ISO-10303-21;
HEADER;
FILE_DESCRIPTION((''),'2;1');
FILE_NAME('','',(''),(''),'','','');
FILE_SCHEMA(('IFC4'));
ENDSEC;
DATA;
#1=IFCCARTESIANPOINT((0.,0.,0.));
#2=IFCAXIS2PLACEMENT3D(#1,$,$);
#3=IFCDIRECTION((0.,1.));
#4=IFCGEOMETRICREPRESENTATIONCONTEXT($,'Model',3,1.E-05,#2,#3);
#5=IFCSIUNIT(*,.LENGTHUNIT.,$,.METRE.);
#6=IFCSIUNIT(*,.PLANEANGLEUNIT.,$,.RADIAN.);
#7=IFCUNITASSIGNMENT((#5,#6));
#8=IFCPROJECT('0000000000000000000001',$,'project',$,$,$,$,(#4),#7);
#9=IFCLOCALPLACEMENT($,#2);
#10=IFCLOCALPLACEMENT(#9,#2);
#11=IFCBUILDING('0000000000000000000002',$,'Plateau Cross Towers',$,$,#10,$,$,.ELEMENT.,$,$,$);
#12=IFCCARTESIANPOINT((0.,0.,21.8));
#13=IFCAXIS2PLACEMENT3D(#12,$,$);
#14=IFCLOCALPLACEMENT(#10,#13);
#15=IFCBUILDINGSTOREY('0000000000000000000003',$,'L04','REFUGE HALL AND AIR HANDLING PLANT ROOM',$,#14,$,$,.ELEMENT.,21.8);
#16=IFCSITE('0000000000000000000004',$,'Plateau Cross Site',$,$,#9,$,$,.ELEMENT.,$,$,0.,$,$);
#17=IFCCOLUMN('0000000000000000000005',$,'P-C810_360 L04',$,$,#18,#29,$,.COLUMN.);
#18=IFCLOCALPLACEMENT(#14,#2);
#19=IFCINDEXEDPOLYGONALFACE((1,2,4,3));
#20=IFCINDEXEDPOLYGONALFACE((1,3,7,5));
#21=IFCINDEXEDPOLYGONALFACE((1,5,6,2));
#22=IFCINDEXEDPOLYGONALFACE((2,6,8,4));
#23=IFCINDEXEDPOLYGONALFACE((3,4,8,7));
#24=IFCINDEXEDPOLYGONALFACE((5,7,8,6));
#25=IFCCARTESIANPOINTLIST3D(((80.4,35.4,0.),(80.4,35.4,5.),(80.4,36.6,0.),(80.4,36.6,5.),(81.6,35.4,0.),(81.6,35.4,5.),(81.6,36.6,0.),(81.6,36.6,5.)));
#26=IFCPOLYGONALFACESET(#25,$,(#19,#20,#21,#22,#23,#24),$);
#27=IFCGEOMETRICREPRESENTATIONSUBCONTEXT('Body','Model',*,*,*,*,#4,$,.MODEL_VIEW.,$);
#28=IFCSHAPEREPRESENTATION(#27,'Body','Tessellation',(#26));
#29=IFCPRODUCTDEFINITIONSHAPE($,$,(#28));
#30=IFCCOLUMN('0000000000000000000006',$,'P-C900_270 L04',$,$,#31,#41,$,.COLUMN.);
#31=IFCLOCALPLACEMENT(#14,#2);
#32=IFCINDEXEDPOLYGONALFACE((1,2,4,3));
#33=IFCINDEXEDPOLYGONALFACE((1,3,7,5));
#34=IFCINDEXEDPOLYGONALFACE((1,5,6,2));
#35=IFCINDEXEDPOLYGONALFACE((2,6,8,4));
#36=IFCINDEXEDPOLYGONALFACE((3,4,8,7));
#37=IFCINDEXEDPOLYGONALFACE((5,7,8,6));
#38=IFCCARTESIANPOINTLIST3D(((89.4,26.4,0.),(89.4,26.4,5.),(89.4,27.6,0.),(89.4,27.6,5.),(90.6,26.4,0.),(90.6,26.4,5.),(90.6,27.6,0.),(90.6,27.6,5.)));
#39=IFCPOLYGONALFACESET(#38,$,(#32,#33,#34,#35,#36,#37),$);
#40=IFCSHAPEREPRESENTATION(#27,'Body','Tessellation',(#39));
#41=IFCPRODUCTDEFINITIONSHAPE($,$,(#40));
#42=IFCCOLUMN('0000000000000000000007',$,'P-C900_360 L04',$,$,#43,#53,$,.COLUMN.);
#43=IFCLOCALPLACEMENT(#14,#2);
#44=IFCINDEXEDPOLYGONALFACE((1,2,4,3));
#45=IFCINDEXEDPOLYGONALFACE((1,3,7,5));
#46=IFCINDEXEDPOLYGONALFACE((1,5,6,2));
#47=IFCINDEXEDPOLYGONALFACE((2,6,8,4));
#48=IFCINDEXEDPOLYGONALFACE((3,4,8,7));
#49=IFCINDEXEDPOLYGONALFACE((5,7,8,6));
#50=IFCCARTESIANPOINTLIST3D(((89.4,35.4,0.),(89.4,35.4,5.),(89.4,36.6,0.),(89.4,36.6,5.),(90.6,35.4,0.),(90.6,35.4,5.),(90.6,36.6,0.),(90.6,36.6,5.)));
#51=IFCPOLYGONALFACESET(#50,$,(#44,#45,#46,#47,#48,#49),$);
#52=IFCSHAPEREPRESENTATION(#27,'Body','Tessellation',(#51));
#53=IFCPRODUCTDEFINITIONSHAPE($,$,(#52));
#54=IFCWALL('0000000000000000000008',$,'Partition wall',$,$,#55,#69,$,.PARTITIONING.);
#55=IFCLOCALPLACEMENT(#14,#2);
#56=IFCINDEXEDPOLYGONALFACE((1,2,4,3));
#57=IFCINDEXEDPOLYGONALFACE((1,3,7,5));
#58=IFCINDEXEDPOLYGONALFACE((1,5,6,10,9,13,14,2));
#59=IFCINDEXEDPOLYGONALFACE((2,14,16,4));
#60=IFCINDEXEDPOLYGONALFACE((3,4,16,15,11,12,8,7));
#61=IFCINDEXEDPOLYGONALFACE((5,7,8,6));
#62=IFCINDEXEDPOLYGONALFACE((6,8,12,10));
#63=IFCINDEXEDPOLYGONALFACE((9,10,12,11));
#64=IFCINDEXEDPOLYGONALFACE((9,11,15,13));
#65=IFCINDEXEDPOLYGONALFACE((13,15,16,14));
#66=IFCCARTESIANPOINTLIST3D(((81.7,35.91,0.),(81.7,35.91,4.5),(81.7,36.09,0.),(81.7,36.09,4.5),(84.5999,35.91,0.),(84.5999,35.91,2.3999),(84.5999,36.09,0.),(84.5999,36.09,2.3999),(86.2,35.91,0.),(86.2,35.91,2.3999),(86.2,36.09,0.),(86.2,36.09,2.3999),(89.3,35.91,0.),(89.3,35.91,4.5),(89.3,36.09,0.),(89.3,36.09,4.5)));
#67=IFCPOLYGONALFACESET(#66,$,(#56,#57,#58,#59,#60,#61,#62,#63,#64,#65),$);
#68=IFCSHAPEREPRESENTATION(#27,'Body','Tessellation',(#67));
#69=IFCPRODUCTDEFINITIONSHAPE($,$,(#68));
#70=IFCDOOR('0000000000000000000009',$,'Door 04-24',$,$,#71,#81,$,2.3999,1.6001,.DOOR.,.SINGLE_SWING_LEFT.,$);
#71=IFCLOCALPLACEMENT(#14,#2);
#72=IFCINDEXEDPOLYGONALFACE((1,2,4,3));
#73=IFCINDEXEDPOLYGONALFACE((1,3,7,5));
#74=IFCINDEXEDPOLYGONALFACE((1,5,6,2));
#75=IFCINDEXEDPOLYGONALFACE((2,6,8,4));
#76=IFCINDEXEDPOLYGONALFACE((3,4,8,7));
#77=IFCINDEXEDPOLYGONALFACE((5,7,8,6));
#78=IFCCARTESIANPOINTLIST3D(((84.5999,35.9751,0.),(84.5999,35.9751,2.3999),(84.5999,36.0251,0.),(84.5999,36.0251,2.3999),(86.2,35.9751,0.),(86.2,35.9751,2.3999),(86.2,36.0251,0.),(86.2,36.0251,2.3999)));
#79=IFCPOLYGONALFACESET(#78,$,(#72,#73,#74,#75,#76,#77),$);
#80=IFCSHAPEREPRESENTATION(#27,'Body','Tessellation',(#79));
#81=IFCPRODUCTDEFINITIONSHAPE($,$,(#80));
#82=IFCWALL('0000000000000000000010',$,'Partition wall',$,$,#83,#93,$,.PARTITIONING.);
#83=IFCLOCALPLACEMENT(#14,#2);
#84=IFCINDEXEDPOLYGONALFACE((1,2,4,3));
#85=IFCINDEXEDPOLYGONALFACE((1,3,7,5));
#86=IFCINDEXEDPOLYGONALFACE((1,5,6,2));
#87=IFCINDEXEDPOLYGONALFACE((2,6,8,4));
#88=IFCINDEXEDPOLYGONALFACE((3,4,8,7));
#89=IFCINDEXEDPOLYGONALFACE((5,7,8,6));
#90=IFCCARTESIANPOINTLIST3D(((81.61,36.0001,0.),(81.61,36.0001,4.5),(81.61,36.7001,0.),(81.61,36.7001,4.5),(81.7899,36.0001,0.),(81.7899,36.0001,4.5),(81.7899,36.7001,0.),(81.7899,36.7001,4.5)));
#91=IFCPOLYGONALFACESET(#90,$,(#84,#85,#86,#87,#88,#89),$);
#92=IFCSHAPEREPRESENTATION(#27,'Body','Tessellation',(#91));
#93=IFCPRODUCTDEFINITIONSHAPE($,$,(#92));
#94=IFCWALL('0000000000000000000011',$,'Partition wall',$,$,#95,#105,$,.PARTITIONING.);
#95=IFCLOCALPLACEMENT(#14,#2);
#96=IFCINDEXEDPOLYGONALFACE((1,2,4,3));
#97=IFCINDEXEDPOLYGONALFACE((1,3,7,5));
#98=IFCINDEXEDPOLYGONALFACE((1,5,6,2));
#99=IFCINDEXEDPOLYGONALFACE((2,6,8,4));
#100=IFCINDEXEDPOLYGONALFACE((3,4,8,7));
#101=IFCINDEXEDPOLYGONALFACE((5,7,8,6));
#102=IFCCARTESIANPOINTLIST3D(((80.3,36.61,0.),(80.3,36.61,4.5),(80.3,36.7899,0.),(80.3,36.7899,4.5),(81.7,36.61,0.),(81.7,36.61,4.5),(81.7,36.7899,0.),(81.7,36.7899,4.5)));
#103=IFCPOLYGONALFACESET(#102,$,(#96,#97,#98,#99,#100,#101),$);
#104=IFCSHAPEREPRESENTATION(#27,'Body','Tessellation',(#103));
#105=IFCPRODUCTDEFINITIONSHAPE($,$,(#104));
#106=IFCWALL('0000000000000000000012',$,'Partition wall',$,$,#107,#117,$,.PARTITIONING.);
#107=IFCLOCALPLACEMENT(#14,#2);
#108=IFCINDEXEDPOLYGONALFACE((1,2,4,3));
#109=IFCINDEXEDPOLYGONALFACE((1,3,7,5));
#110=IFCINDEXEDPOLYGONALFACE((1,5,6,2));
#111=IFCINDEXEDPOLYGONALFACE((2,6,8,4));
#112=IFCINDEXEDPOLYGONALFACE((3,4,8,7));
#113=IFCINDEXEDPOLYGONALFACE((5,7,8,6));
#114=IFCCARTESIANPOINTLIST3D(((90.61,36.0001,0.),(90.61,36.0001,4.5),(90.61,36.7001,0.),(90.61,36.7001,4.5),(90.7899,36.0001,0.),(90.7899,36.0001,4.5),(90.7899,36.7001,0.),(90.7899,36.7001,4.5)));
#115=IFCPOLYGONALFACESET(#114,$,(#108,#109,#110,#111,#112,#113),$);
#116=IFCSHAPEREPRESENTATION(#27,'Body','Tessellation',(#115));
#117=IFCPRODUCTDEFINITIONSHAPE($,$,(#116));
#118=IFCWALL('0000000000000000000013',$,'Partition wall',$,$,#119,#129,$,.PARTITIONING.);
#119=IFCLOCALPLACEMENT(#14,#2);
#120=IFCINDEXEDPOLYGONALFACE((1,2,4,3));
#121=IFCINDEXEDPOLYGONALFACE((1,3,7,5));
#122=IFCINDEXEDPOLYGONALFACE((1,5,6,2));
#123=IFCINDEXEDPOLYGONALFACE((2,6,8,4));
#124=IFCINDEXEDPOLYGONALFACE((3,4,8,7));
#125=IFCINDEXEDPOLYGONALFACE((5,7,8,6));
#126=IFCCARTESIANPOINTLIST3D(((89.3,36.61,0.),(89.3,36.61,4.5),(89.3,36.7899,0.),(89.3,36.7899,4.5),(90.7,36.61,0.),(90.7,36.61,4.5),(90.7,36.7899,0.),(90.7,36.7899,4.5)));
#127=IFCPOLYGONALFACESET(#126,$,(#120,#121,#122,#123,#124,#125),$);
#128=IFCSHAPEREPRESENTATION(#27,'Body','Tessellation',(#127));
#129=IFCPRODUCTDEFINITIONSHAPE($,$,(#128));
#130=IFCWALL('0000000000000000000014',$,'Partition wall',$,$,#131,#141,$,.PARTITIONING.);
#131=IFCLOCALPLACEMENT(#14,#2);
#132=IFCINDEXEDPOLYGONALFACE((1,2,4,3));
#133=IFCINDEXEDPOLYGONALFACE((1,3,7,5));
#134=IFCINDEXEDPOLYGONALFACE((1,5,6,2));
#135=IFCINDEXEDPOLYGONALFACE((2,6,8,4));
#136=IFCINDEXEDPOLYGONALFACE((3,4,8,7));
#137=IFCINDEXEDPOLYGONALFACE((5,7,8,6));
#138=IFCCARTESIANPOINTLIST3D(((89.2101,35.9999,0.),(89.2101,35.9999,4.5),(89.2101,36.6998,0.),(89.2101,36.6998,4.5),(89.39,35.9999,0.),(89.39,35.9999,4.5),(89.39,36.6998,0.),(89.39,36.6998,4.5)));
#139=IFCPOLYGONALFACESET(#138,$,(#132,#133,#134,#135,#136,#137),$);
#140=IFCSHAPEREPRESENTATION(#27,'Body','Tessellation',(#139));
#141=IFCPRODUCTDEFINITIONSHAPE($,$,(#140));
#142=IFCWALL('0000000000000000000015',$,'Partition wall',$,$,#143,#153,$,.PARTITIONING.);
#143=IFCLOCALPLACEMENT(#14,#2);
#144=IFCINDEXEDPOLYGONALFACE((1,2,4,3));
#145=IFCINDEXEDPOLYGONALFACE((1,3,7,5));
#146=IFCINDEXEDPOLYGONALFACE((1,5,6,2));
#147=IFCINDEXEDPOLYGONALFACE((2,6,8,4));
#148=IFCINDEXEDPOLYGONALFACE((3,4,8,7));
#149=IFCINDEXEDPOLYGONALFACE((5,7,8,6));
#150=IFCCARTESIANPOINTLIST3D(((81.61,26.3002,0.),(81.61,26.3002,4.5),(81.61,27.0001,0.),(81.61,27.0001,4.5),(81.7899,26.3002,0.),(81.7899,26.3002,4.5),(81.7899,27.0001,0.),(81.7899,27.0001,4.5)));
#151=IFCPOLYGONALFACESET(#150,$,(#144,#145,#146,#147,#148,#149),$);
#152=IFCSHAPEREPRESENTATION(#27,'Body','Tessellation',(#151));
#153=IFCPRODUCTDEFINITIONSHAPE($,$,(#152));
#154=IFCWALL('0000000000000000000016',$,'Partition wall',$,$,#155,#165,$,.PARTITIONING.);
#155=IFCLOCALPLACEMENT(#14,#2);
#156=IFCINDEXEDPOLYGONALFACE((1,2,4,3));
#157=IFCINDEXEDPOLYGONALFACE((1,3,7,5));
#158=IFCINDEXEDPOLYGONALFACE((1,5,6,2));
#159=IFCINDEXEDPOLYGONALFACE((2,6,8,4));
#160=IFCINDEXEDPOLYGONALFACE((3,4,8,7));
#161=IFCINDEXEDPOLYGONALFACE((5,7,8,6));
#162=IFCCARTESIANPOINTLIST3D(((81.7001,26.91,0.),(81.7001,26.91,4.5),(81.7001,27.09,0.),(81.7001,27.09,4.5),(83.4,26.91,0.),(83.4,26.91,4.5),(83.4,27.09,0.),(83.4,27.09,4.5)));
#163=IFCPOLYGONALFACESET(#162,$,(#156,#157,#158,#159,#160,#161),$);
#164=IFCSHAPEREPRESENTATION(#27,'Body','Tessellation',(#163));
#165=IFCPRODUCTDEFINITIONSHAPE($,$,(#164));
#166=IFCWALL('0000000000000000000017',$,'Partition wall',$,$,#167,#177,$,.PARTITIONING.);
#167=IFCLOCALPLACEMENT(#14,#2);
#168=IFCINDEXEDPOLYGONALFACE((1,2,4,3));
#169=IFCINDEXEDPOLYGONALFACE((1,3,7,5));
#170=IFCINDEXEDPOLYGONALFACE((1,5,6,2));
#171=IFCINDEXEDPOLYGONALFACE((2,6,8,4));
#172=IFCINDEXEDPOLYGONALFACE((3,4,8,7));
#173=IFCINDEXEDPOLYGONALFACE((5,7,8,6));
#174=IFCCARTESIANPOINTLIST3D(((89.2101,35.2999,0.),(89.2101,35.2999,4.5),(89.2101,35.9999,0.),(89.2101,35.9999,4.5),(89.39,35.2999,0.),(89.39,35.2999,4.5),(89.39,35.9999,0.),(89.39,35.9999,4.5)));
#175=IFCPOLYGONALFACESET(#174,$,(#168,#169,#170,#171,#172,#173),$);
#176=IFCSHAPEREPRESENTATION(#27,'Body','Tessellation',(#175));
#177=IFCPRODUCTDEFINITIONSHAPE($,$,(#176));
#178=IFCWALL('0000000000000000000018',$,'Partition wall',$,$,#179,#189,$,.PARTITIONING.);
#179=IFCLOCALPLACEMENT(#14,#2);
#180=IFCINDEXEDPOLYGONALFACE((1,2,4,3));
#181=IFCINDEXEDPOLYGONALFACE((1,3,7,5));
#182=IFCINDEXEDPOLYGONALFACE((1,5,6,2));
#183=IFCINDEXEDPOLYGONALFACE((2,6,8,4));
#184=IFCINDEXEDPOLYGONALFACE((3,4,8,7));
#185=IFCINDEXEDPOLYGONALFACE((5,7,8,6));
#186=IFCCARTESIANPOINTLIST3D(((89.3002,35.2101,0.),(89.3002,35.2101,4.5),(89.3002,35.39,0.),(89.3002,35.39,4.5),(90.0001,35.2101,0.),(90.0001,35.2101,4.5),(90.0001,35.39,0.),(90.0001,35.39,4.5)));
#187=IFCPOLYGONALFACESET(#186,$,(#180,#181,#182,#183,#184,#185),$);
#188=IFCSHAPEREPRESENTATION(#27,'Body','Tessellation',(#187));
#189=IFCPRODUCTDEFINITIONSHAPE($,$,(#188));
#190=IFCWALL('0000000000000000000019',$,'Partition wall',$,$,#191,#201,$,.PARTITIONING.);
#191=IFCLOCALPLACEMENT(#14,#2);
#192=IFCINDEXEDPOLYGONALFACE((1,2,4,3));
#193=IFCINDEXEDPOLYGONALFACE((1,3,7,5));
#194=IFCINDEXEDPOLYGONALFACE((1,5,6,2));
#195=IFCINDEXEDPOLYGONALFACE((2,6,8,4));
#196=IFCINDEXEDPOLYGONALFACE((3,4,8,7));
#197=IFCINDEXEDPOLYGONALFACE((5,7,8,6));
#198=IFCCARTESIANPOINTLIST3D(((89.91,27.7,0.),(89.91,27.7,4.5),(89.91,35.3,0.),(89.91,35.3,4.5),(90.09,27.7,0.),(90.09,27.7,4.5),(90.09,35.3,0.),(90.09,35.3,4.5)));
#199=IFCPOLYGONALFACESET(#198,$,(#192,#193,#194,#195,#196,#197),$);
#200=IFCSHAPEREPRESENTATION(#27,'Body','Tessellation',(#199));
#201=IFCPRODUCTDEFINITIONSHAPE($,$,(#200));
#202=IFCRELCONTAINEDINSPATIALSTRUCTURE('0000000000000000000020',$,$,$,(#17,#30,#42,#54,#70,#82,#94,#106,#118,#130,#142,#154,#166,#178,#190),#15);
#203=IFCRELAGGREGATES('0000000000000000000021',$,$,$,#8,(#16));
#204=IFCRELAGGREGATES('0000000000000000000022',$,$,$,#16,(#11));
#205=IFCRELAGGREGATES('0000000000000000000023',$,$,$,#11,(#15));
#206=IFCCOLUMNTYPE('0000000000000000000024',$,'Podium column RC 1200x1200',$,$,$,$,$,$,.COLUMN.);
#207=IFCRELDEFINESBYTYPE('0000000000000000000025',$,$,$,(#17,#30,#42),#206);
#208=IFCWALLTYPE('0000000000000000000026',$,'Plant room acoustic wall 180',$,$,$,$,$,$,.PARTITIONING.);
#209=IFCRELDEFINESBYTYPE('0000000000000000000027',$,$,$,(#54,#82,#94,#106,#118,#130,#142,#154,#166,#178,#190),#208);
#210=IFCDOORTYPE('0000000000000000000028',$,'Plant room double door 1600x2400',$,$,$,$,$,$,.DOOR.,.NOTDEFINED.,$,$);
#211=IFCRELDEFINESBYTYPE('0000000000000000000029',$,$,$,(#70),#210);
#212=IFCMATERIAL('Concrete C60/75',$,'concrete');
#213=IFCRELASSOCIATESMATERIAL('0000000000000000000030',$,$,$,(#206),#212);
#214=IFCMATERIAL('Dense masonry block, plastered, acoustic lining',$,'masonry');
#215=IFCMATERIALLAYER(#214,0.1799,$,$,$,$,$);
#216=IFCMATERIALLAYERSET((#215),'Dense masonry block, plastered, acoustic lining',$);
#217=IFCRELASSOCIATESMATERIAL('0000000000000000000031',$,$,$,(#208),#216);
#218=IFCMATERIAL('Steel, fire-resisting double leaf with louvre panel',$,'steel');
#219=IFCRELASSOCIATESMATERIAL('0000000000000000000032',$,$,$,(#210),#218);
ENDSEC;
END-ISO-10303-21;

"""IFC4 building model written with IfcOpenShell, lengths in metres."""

from ifc_helpers import new_model, si_unit, direction, frame, frame_2d, origin, origin_2d, place, context, subcontext, project, spatial, rectangle, extrude, material, layer, layer_set, material_profile, profile_set, type_object, element, fill, save


model = new_model("IFC4")

# Units and contexts
model_context = context("Model", 3, precision=1e-05, world=origin(), true_north=direction((0.0, 1.0)))
body_context = subcontext(model_context, "Body", "Model", "MODEL_VIEW")
ifc_project = project(units=[si_unit("LENGTHUNIT", "METRE"), si_unit("PLANEANGLEUNIT", "RADIAN")], contexts=[model_context])

# Site, building, storey
site_placement = place(None, origin())
site = spatial("IfcSite", under=ifc_project, at=site_placement, Name="Plateau Cross Site", CompositionType="ELEMENT", RefElevation=0.0)
building_placement = place(site_placement, origin())
building = spatial("IfcBuilding", under=site, at=building_placement, Name="Plateau Cross Towers", CompositionType="ELEMENT")
storey_placement = place(building_placement, frame((0.0, 0.0, 21.8)))
storey = spatial("IfcBuildingStorey", under=building, at=storey_placement, Name="L04", Description="REFUGE HALL AND AIR HANDLING PLANT ROOM", CompositionType="ELEMENT", Elevation=21.8)

# Columns
ifc_material_1 = material(Name="Concrete C60/75", Category="concrete")
ifc_material_profile = material_profile(ifc_material_1, rectangle(XDim=1.2, YDim=1.2, at=origin_2d()), Name="RC 1200x1200")
ifc_profile_set = profile_set([ifc_material_profile], Name="Concrete C60/75")
column_type = type_object("IfcColumnType", Name="Podium column RC 1200x1200", PredefinedType="COLUMN", material=ifc_profile_set)
for number, where, z_axis, x_axis, name in (
    (1, (81.0, 36.0, 0.0), (0.0, 0.0, 1.0), (1.0, 0.0, 0.0), "P-C810_360 L04"),
    (2, (90.0, 27.0, 0.0), (0.0, 0.0, 1.0), (1.0, 0.0, 0.0), "P-C900_270 L04"),
    (3, (90.0, 36.0, 0.0), (0.0, 0.0, 1.0), (1.0, 0.0, 0.0), "P-C900_360 L04"),
):
    element("IfcColumn", number, at=place(storey_placement, frame(where, z_axis=z_axis, x_axis=x_axis)), inside=storey, type_object=column_type, Name=name, PredefinedType="COLUMN", context=body_context, shape_type="SweptSolid", body=[
        extrude(rectangle(XDim=1.2, YDim=1.2, at=origin_2d()), origin(), (0.0, 0.0, 1.0), 5.0),
    ])

# Wall, opening, door
ifc_material_2 = material(Name="Dense masonry block, plastered, acoustic lining", Category="masonry")
ifc_layer_1 = layer(ifc_material_2, 0.1799)
ifc_layer_set_1 = layer_set([ifc_layer_1], Name="Dense masonry block, plastered, acoustic lining")
wall_type_1 = type_object("IfcWallType", Name="Plant room acoustic wall 180", PredefinedType="PARTITIONING", material=ifc_layer_set_1)
wall_1_placement = place(storey_placement, frame((89.3, 36.0, 0.0), z_axis=(0.0, 0.0, 1.0), x_axis=(-1.0, 0.0, 0.0)))
wall_1 = element("IfcWall", 4, at=wall_1_placement, inside=storey, type_object=wall_type_1, Name="Partition wall", PredefinedType="PARTITIONING", context=body_context, shape_type="SweptSolid", body=[
    extrude(rectangle(XDim=7.6001, YDim=0.1799, at=frame_2d((3.8, 0.0))), origin(), (0.0, 0.0, 1.0), 4.5),
])
opening_1_placement = place(wall_1_placement, frame((3.1001, 0.0, 0.0)))
opening_1 = element("IfcOpeningElement", 5, at=opening_1_placement, cuts=wall_1, PredefinedType="OPENING", context=body_context, shape_type="SweptSolid", body=[
    extrude(rectangle(XDim=1.6001, YDim=2.3999, at=frame_2d((0.8, 1.2))), frame((0.0, 0.0999, 0.0), z_axis=(0.0, -1.0, 0.0), x_axis=(1.0, 0.0, 0.0)), (0.0, 0.0, 1.0), 0.2),
])
ifc_material_3 = material(Name="Steel, fire-resisting double leaf with louvre panel", Category="steel")
door_type_1 = type_object("IfcDoorType", Name="Plant room double door 1600x2400", OperationType="NOTDEFINED", PredefinedType="DOOR", material=ifc_material_3)
door_1_placement = place(opening_1_placement, origin())
door_1 = element("IfcDoor", 6, at=door_1_placement, inside=storey, type_object=door_type_1, Name="Door 04-24", OperationType="SINGLE_SWING_LEFT", OverallHeight=2.3999, OverallWidth=1.6001, PredefinedType="DOOR", context=body_context, shape_type="SweptSolid", body=[
    extrude(rectangle(XDim=1.6001, YDim=2.3999, at=frame_2d((0.8, 1.2))), frame((0.0, 0.0249, 0.0), z_axis=(0.0, -1.0, 0.0), x_axis=(1.0, 0.0, 0.0)), (0.0, 0.0, 1.0), 0.05),
])
fill(opening_1, door_1)

# Walls
wall_2_placement = place(storey_placement, frame((81.7, 36.0, 0.0), z_axis=(0.0, 0.0, 1.0), x_axis=(0.0, 1.0, 0.0)))
element("IfcWall", 7, at=wall_2_placement, inside=storey, type_object=wall_type_1, Name="Partition wall", PredefinedType="PARTITIONING", context=body_context, shape_type="SweptSolid", body=[
    extrude(rectangle(XDim=0.7, YDim=0.1799, at=frame_2d((0.3501, 0.0))), origin(), (0.0, 0.0, 1.0), 4.5),
])
wall_3_placement = place(storey_placement, frame((81.7, 36.7, 0.0), z_axis=(0.0, 0.0, 1.0), x_axis=(-1.0, 0.0, 0.0)))
element("IfcWall", 8, at=wall_3_placement, inside=storey, type_object=wall_type_1, Name="Partition wall", PredefinedType="PARTITIONING", context=body_context, shape_type="SweptSolid", body=[
    extrude(rectangle(XDim=1.3999, YDim=0.1799, at=frame_2d((0.7, 0.0))), origin(), (0.0, 0.0, 1.0), 4.5),
])
wall_4_placement = place(storey_placement, frame((90.7, 36.0, 0.0), z_axis=(0.0, 0.0, 1.0), x_axis=(0.0, 1.0, 0.0)))
element("IfcWall", 9, at=wall_4_placement, inside=storey, type_object=wall_type_1, Name="Partition wall", PredefinedType="PARTITIONING", context=body_context, shape_type="SweptSolid", body=[
    extrude(rectangle(XDim=0.7, YDim=0.1799, at=frame_2d((0.3501, 0.0))), origin(), (0.0, 0.0, 1.0), 4.5),
])
wall_5_placement = place(storey_placement, frame((90.7, 36.7, 0.0), z_axis=(0.0, 0.0, 1.0), x_axis=(-1.0, 0.0, 0.0)))
element("IfcWall", 10, at=wall_5_placement, inside=storey, type_object=wall_type_1, Name="Partition wall", PredefinedType="PARTITIONING", context=body_context, shape_type="SweptSolid", body=[
    extrude(rectangle(XDim=1.3999, YDim=0.1799, at=frame_2d((0.7, 0.0))), origin(), (0.0, 0.0, 1.0), 4.5),
])
for number, where, z_axis, x_axis, name in (
    (11, (89.3, 36.7, 0.0), (0.0, 0.0, 1.0), (0.0, -1.0, 0.0), "Partition wall"),
    (12, (81.7, 26.3, 0.0), (0.0, 0.0, 1.0), (0.0, 1.0, 0.0), "Partition wall"),
):
    element("IfcWall", number, at=place(storey_placement, frame(where, z_axis=z_axis, x_axis=x_axis)), inside=storey, type_object=wall_type_1, Name=name, PredefinedType="PARTITIONING", context=body_context, shape_type="SweptSolid", body=[
        extrude(rectangle(XDim=0.7, YDim=0.1799, at=frame_2d((0.3501, 0.0))), origin(), (0.0, 0.0, 1.0), 4.5),
    ])
wall_6_placement = place(storey_placement, frame((81.7, 27.0, 0.0), z_axis=(0.0, 0.0, 1.0), x_axis=(1.0, 0.0, 0.0)))
element("IfcWall", 13, at=wall_6_placement, inside=storey, type_object=wall_type_1, Name="Partition wall", PredefinedType="PARTITIONING", context=body_context, shape_type="SweptSolid", body=[
    extrude(rectangle(XDim=1.7, YDim=0.1799, at=frame_2d((0.8501, 0.0))), origin(), (0.0, 0.0, 1.0), 4.5),
])
for number, where, z_axis, x_axis, name in (
    (14, (89.3, 36.0, 0.0), (0.0, 0.0, 1.0), (0.0, -1.0, 0.0), "Partition wall"),
    (15, (89.3, 35.3, 0.0), (0.0, 0.0, 1.0), (1.0, 0.0, 0.0), "Partition wall"),
):
    element("IfcWall", number, at=place(storey_placement, frame(where, z_axis=z_axis, x_axis=x_axis)), inside=storey, type_object=wall_type_1, Name=name, PredefinedType="PARTITIONING", context=body_context, shape_type="SweptSolid", body=[
        extrude(rectangle(XDim=0.7, YDim=0.1799, at=frame_2d((0.3501, 0.0))), origin(), (0.0, 0.0, 1.0), 4.5),
    ])
wall_7_placement = place(storey_placement, frame((90.0, 35.3, 0.0), z_axis=(0.0, 0.0, 1.0), x_axis=(0.0, -1.0, 0.0)))
element("IfcWall", 16, at=wall_7_placement, inside=storey, type_object=wall_type_1, Name="Partition wall", PredefinedType="PARTITIONING", context=body_context, shape_type="SweptSolid", body=[
    extrude(rectangle(XDim=7.6001, YDim=0.1799, at=frame_2d((3.8, 0.0))), origin(), (0.0, 0.0, 1.0), 4.5),
])

save(model, "model.ifc")
